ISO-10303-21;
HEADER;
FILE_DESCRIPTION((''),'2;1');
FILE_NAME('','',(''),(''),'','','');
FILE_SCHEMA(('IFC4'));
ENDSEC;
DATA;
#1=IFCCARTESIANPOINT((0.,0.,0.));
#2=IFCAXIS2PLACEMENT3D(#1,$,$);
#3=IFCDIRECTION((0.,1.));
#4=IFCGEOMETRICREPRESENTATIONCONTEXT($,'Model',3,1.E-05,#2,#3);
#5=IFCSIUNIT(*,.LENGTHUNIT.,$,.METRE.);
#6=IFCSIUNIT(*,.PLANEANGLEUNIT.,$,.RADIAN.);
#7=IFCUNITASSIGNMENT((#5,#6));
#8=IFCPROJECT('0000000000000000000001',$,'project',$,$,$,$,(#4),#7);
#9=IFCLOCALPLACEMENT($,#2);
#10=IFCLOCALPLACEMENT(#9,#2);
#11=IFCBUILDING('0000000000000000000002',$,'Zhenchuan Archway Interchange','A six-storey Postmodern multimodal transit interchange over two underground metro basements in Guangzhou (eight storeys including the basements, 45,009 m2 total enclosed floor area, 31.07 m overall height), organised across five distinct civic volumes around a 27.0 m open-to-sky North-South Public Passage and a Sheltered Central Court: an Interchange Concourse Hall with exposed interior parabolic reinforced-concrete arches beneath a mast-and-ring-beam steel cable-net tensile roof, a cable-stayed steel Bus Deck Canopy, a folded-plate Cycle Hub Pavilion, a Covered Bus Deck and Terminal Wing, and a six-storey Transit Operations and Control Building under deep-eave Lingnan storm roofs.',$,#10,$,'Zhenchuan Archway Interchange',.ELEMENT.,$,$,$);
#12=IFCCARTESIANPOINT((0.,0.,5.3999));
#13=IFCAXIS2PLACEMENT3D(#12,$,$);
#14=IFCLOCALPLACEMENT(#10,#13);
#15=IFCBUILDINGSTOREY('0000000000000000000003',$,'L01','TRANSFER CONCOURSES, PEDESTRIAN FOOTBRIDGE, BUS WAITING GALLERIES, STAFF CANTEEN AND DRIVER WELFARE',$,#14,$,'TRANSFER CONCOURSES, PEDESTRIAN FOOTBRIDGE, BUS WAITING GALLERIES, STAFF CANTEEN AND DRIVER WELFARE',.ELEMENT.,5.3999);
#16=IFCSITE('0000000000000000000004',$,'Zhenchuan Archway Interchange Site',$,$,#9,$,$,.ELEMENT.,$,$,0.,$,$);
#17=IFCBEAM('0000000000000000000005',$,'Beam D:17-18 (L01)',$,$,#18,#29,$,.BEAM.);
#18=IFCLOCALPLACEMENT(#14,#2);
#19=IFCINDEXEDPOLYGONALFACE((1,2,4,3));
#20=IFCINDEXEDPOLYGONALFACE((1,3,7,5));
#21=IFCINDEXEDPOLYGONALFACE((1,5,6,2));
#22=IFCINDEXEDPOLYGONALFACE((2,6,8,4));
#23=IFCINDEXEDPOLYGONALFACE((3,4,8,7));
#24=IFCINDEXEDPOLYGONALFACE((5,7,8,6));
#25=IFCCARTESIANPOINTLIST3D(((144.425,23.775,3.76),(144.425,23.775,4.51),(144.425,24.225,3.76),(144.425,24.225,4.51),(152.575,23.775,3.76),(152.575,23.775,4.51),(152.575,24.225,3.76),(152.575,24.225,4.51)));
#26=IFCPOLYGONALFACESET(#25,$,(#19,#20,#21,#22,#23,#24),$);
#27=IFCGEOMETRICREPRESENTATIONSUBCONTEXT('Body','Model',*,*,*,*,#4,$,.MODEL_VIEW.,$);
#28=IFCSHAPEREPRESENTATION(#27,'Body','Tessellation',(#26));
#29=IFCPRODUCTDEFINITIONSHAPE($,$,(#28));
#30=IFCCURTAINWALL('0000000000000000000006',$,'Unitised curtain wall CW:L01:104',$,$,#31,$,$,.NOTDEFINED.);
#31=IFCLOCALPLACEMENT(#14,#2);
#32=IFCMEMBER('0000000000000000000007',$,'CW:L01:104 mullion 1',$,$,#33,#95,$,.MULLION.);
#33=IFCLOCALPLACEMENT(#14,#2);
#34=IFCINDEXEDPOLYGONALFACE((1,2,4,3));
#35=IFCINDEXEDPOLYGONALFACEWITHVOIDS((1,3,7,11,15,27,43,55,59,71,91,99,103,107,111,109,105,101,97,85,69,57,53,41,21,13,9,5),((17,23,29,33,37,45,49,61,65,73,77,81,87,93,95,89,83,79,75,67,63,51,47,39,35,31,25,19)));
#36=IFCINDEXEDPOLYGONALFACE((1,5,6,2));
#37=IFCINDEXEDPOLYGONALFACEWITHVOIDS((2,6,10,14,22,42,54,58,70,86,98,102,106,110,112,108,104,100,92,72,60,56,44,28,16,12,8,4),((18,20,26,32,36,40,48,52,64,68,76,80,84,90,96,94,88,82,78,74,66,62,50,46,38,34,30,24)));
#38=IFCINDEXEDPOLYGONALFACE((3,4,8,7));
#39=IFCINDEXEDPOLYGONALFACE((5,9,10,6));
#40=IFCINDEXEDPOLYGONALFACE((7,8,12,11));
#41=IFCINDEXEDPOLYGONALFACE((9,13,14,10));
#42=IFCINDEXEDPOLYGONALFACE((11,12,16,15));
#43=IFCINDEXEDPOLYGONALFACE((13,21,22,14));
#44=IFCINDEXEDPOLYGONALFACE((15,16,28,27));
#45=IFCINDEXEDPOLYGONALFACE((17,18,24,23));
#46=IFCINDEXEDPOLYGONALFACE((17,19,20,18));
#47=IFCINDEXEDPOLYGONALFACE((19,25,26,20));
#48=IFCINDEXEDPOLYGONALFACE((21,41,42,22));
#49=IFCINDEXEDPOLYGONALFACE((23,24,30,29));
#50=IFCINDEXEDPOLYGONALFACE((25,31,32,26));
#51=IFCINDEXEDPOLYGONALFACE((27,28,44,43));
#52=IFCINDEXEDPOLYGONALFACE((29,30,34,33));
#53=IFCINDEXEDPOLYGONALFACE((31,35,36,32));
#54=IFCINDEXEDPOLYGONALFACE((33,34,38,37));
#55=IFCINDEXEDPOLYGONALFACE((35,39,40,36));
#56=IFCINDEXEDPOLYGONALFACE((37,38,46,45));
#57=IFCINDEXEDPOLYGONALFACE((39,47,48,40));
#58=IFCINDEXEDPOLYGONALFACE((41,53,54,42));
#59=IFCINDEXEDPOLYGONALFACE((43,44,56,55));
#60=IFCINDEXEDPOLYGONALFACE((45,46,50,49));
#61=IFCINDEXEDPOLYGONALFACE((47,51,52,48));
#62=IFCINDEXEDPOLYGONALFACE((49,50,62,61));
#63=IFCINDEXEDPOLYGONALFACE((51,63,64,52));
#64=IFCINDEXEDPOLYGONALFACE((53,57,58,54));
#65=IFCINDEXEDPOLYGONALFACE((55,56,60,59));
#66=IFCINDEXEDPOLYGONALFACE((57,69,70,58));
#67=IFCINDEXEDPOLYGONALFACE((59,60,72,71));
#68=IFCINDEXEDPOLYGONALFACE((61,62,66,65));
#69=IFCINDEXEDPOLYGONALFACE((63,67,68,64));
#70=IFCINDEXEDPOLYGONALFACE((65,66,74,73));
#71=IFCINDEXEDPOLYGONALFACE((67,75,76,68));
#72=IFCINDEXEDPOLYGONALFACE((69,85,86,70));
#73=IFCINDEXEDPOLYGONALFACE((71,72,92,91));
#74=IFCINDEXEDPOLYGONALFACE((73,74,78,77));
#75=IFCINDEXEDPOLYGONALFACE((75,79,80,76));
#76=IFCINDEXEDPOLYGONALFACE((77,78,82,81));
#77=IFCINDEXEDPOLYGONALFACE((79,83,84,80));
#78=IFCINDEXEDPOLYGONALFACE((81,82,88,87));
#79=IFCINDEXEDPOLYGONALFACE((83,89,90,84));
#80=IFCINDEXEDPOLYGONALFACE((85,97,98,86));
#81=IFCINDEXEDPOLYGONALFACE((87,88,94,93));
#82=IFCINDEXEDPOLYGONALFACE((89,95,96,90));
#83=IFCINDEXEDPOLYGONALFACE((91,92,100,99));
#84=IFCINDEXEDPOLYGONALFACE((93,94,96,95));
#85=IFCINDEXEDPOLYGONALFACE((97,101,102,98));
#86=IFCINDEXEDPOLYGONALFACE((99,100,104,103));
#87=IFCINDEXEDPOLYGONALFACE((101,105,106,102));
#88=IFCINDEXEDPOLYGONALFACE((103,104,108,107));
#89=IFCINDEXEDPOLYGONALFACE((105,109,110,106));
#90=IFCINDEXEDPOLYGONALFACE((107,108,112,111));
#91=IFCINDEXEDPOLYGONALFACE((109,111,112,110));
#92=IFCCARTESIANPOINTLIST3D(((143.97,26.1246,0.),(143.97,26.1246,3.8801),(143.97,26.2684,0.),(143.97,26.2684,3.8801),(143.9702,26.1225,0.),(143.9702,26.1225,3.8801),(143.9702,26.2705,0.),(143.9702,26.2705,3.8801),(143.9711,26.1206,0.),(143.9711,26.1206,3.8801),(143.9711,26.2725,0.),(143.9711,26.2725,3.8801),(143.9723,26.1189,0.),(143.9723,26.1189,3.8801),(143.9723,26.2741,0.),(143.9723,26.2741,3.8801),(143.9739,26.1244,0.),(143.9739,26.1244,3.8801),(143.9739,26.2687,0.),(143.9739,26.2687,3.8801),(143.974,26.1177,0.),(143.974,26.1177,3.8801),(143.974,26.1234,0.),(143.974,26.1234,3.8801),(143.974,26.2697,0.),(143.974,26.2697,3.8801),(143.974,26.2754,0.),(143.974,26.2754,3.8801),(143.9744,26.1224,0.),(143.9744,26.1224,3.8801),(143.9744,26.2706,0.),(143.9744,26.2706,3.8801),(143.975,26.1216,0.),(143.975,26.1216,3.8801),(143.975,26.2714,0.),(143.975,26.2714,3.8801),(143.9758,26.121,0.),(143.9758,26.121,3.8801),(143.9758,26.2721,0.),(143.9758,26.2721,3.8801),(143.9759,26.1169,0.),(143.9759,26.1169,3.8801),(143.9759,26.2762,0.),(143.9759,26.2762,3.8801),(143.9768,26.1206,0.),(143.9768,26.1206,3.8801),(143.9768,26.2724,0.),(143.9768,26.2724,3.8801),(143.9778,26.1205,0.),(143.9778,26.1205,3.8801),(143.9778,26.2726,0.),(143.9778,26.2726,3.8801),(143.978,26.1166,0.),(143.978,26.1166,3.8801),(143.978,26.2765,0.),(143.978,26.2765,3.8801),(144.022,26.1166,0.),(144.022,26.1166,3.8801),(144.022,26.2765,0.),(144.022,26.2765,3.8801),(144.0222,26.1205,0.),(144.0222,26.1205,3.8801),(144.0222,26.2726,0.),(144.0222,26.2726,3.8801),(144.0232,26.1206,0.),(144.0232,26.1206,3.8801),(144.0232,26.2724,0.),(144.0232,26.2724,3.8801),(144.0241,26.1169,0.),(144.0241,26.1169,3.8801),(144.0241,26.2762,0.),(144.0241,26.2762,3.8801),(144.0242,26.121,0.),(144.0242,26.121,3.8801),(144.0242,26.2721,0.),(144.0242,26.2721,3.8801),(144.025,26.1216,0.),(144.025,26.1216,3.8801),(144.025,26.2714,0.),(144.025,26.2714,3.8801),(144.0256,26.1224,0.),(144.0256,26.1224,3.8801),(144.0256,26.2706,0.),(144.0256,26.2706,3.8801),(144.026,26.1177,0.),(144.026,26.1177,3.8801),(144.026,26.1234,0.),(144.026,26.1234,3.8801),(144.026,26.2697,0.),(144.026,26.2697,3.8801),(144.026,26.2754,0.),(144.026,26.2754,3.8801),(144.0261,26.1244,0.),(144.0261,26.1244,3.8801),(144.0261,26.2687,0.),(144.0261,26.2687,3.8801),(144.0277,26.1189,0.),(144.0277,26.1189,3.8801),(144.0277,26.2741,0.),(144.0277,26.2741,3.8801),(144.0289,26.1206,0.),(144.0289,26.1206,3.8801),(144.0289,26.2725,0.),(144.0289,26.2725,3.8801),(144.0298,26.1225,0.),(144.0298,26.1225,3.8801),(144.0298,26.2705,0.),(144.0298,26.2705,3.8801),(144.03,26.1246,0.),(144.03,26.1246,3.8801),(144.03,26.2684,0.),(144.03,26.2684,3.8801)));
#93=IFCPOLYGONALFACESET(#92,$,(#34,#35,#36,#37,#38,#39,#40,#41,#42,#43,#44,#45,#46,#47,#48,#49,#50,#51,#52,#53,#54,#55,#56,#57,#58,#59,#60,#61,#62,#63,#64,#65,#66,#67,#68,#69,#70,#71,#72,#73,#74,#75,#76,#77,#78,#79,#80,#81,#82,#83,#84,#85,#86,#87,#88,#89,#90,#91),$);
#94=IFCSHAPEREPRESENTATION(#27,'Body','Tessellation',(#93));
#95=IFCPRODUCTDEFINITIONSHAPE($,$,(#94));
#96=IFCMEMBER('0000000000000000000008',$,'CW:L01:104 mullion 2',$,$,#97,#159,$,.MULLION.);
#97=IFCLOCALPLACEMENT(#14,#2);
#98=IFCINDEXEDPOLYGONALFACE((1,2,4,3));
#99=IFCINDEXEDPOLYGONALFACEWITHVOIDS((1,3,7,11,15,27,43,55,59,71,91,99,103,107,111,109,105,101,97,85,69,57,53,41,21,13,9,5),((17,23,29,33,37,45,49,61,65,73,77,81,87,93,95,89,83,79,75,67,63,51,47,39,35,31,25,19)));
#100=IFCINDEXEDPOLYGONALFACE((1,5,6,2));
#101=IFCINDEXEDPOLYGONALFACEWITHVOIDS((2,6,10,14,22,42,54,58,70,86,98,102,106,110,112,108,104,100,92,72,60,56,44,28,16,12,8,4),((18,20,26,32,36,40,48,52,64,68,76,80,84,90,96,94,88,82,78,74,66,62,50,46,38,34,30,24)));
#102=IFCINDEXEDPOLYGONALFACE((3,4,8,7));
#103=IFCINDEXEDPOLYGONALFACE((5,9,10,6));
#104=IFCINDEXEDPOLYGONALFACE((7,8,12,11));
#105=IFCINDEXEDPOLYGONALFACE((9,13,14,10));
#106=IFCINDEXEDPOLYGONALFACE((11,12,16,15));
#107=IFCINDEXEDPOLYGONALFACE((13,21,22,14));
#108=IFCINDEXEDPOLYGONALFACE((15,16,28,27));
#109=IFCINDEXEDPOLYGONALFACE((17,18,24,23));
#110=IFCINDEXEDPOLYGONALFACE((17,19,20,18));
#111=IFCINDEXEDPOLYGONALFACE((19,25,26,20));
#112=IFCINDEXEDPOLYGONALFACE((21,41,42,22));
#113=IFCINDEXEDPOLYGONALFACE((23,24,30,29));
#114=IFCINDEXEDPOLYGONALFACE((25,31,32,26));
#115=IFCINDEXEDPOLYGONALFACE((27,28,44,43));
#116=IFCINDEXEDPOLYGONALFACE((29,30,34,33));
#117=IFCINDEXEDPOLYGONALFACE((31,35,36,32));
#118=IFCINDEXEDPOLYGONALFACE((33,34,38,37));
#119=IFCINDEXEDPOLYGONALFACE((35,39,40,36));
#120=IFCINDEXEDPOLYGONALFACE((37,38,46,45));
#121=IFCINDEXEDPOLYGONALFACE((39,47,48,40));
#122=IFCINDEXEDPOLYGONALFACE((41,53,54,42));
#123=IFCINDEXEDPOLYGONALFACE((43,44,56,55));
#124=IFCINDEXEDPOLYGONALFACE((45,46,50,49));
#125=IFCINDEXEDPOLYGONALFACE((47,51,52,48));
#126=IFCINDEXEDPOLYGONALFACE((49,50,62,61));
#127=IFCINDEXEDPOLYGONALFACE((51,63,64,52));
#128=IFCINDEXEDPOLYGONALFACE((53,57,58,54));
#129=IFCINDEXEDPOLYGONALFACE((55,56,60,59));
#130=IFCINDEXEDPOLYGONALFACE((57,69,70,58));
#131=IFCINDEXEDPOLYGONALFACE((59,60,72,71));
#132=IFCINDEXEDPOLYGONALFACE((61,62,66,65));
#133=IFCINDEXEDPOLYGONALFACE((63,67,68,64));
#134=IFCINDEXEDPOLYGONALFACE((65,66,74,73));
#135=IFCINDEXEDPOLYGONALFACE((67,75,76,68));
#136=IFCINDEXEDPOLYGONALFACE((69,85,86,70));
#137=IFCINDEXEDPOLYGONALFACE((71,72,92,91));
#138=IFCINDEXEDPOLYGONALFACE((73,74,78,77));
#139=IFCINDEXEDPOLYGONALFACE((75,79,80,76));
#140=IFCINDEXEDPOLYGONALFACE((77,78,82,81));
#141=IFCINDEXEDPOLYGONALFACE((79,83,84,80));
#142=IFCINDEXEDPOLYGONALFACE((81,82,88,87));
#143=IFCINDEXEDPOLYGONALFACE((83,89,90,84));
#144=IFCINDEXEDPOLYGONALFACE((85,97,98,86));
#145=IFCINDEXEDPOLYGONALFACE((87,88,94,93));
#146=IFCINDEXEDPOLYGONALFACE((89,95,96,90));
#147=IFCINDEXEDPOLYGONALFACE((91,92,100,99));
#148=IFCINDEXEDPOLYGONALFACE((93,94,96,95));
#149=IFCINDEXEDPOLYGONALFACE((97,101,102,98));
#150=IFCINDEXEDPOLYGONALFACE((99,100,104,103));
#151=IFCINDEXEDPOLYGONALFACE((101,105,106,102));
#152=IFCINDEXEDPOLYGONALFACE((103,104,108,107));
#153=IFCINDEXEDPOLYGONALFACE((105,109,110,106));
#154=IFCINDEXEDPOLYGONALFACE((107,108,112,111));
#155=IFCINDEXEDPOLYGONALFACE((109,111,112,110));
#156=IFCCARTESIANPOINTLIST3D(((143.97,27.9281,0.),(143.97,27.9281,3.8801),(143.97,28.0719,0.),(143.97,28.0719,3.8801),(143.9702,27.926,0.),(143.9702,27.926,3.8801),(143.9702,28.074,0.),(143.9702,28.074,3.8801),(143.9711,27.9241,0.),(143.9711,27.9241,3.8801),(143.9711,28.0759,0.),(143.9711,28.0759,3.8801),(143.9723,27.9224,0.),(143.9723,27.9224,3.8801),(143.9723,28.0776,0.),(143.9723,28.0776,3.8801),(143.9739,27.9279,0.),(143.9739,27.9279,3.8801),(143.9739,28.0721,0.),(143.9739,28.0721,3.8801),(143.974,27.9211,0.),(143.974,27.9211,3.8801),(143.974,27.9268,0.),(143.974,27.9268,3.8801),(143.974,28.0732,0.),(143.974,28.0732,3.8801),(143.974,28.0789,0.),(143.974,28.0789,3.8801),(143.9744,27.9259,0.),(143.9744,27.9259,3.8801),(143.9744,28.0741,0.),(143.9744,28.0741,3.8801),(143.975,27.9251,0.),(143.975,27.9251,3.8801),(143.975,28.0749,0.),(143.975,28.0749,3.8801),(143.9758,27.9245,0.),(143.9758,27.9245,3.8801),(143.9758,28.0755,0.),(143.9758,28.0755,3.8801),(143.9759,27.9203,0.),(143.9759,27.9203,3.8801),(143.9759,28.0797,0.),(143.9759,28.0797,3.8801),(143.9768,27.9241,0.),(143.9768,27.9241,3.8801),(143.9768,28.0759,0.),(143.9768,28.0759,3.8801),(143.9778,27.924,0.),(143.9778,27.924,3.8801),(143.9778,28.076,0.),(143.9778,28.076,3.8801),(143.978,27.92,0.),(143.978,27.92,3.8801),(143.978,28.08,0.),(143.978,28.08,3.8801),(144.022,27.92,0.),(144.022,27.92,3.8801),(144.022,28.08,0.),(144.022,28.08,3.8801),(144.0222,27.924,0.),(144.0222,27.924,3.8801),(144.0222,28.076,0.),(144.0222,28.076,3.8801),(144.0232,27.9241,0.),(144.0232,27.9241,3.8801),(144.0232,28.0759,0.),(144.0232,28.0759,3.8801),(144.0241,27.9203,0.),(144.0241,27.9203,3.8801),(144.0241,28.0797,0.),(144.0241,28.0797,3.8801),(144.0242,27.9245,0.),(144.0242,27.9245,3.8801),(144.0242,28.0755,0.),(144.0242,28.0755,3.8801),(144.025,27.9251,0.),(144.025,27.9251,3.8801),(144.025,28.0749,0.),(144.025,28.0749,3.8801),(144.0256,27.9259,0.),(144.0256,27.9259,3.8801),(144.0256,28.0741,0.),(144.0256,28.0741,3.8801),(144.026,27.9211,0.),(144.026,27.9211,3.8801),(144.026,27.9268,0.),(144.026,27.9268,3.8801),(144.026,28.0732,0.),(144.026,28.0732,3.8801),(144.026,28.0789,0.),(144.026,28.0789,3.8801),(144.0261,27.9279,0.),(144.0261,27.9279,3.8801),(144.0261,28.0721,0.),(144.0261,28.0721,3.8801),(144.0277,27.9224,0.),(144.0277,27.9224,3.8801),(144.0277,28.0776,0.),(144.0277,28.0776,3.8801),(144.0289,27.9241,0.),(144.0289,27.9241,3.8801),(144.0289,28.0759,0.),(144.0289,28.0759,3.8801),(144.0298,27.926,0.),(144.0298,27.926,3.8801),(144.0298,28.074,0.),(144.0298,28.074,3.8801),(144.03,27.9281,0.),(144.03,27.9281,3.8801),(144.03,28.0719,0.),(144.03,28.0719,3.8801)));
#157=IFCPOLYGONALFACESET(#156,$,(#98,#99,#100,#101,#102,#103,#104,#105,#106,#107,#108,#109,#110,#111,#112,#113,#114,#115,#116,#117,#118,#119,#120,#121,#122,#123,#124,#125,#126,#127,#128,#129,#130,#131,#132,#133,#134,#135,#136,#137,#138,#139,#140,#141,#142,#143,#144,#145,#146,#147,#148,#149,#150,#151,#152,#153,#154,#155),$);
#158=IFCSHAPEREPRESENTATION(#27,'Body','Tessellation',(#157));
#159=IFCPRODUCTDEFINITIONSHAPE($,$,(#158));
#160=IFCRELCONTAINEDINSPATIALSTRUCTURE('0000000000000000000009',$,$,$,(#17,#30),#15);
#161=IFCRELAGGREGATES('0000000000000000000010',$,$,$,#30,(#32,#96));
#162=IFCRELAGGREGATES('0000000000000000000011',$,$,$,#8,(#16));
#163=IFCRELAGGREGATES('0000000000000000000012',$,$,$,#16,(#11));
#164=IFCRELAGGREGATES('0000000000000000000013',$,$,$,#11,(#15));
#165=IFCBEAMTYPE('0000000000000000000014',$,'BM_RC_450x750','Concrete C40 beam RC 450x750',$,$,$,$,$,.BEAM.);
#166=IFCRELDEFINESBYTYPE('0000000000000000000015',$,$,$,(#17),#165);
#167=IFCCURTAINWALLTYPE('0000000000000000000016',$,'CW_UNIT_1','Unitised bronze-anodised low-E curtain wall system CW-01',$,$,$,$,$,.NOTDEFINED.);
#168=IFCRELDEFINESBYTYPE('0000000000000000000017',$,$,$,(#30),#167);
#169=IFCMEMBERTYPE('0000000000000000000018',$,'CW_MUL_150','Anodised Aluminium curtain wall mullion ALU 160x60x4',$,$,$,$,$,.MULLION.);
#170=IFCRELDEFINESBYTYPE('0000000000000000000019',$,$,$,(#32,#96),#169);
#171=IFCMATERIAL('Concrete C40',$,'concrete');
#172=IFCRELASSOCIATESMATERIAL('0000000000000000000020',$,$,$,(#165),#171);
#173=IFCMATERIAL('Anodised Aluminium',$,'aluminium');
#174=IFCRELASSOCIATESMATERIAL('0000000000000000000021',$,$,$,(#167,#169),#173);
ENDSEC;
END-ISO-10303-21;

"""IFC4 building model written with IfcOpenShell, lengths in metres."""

from ifc_helpers import new_model, si_unit, direction, frame, origin, origin_2d, place, context, subcontext, project, spatial, rectangle, hollow_rectangle, extrude, material, material_profile, profile_set, type_object, element, aggregate, save


model = new_model("IFC4")

# Units and contexts
model_context = context("Model", 3, precision=1e-05, world=origin(), true_north=direction((0.0, 1.0)))
body_context = subcontext(model_context, "Body", "Model", "MODEL_VIEW")
ifc_project = project(units=[si_unit("LENGTHUNIT", "METRE"), si_unit("PLANEANGLEUNIT", "RADIAN")], contexts=[model_context])

# Site, building, storey
site_placement = place(None, origin())
site = spatial("IfcSite", under=ifc_project, at=site_placement, Name="Zhenchuan Archway Interchange Site", CompositionType="ELEMENT", RefElevation=0.0)
building_placement = place(site_placement, origin())
building = spatial("IfcBuilding", under=site, at=building_placement, Name="Zhenchuan Archway Interchange", Description="A six-storey Postmodern multimodal transit interchange over two underground metro basements in Guangzhou (eight storeys including the basements, 45,009 m2 total enclosed floor area, 31.07 m overall height), organised across five distinct civic volumes around a 27.0 m open-to-sky North-South Public Passage and a Sheltered Central Court: an Interchange Concourse Hall with exposed interior parabolic reinforced-concrete arches beneath a mast-and-ring-beam steel cable-net tensile roof, a cable-stayed steel Bus Deck Canopy, a folded-plate Cycle Hub Pavilion, a Covered Bus Deck and Terminal Wing, and a six-storey Transit Operations and Control Building under deep-eave Lingnan storm roofs.", LongName="Zhenchuan Archway Interchange", CompositionType="ELEMENT")
storey_placement = place(building_placement, frame((0.0, 0.0, 5.3999)))
storey = spatial("IfcBuildingStorey", under=building, at=storey_placement, Name="L01", Description="TRANSFER CONCOURSES, PEDESTRIAN FOOTBRIDGE, BUS WAITING GALLERIES, STAFF CANTEEN AND DRIVER WELFARE", LongName="TRANSFER CONCOURSES, PEDESTRIAN FOOTBRIDGE, BUS WAITING GALLERIES, STAFF CANTEEN AND DRIVER WELFARE", CompositionType="ELEMENT", Elevation=5.3999)

# Beam
ifc_material_1 = material(Name="Concrete C40", Category="concrete")
ifc_material_profile_1 = material_profile(ifc_material_1, rectangle(XDim=0.45, YDim=0.75, at=origin_2d()), Name="RC 450x750")
ifc_profile_set_1 = profile_set([ifc_material_profile_1], Name="Concrete C40")
beam_type_1 = type_object("IfcBeamType", Name="BM_RC_450x750", Description="Concrete C40 beam RC 450x750", PredefinedType="BEAM", material=ifc_profile_set_1)
beam_placement = place(storey_placement, frame((144.425, 24.0, 4.135), z_axis=(1.0, 0.0, 0.0), x_axis=(0.0, 1.0, 0.0)))
element("IfcBeam", 1, at=beam_placement, inside=storey, type_object=beam_type_1, Name="Beam D:17-18 (L01)", PredefinedType="BEAM", context=body_context, shape_type="SweptSolid", body=[
    extrude(rectangle(XDim=0.45, YDim=0.75, at=origin_2d()), origin(), (0.0, 0.0, 1.0), 8.1499),
])

# Curtain wall, members
ifc_material_2 = material(Name="Anodised Aluminium", Category="aluminium")
curtain_wall_type = type_object("IfcCurtainWallType", Name="CW_UNIT_1", Description="Unitised bronze-anodised low-E curtain wall system CW-01", PredefinedType="NOTDEFINED", material=ifc_material_2)
curtain_wall_placement = place(storey_placement, origin())
curtain_wall = element("IfcCurtainWall", 2, at=curtain_wall_placement, inside=storey, type_object=curtain_wall_type, Name="Unitised curtain wall CW:L01:104", PredefinedType="NOTDEFINED")
ifc_material_profile_2 = material_profile(ifc_material_2, hollow_rectangle(XDim=0.0601, YDim=0.1599, WallThickness=0.0039, InnerFilletRadius=0.0039, OuterFilletRadius=0.0081, at=origin_2d()), Name="ALU 160x60x4")
ifc_profile_set_2 = profile_set([ifc_material_profile_2], Name="Anodised Aluminium")
member_type_1 = type_object("IfcMemberType", Name="CW_MUL_150", Description="Anodised Aluminium curtain wall mullion ALU 160x60x4", PredefinedType="MULLION", material=ifc_profile_set_2)
member_1_placement = place(storey_placement, frame((144.0, 26.1965, 0.0), z_axis=(0.0, 0.0, 1.0), x_axis=(1.0, 0.0, 0.0)))
member_1 = element("IfcMember", 3, at=member_1_placement, type_object=member_type_1, Name="CW:L01:104 mullion 1", PredefinedType="MULLION", context=body_context, shape_type="SweptSolid", body=[
    extrude(hollow_rectangle(XDim=0.0601, YDim=0.1599, WallThickness=0.0039, InnerFilletRadius=0.0039, OuterFilletRadius=0.0081, at=origin_2d()), origin(), (0.0, 0.0, 1.0), 3.8801),
])
member_2_placement = place(storey_placement, frame((144.0, 28.0, 0.0), z_axis=(0.0, 0.0, 1.0), x_axis=(1.0, 0.0, 0.0)))
member_2 = element("IfcMember", 4, at=member_2_placement, type_object=member_type_1, Name="CW:L01:104 mullion 2", PredefinedType="MULLION", context=body_context, shape_type="SweptSolid", body=[
    extrude(hollow_rectangle(XDim=0.0601, YDim=0.1599, WallThickness=0.0039, InnerFilletRadius=0.0039, OuterFilletRadius=0.0081, at=origin_2d()), origin(), (0.0, 0.0, 1.0), 3.8801),
])

aggregate(curtain_wall, [member_1, member_2])

save(model, "model.ifc")
